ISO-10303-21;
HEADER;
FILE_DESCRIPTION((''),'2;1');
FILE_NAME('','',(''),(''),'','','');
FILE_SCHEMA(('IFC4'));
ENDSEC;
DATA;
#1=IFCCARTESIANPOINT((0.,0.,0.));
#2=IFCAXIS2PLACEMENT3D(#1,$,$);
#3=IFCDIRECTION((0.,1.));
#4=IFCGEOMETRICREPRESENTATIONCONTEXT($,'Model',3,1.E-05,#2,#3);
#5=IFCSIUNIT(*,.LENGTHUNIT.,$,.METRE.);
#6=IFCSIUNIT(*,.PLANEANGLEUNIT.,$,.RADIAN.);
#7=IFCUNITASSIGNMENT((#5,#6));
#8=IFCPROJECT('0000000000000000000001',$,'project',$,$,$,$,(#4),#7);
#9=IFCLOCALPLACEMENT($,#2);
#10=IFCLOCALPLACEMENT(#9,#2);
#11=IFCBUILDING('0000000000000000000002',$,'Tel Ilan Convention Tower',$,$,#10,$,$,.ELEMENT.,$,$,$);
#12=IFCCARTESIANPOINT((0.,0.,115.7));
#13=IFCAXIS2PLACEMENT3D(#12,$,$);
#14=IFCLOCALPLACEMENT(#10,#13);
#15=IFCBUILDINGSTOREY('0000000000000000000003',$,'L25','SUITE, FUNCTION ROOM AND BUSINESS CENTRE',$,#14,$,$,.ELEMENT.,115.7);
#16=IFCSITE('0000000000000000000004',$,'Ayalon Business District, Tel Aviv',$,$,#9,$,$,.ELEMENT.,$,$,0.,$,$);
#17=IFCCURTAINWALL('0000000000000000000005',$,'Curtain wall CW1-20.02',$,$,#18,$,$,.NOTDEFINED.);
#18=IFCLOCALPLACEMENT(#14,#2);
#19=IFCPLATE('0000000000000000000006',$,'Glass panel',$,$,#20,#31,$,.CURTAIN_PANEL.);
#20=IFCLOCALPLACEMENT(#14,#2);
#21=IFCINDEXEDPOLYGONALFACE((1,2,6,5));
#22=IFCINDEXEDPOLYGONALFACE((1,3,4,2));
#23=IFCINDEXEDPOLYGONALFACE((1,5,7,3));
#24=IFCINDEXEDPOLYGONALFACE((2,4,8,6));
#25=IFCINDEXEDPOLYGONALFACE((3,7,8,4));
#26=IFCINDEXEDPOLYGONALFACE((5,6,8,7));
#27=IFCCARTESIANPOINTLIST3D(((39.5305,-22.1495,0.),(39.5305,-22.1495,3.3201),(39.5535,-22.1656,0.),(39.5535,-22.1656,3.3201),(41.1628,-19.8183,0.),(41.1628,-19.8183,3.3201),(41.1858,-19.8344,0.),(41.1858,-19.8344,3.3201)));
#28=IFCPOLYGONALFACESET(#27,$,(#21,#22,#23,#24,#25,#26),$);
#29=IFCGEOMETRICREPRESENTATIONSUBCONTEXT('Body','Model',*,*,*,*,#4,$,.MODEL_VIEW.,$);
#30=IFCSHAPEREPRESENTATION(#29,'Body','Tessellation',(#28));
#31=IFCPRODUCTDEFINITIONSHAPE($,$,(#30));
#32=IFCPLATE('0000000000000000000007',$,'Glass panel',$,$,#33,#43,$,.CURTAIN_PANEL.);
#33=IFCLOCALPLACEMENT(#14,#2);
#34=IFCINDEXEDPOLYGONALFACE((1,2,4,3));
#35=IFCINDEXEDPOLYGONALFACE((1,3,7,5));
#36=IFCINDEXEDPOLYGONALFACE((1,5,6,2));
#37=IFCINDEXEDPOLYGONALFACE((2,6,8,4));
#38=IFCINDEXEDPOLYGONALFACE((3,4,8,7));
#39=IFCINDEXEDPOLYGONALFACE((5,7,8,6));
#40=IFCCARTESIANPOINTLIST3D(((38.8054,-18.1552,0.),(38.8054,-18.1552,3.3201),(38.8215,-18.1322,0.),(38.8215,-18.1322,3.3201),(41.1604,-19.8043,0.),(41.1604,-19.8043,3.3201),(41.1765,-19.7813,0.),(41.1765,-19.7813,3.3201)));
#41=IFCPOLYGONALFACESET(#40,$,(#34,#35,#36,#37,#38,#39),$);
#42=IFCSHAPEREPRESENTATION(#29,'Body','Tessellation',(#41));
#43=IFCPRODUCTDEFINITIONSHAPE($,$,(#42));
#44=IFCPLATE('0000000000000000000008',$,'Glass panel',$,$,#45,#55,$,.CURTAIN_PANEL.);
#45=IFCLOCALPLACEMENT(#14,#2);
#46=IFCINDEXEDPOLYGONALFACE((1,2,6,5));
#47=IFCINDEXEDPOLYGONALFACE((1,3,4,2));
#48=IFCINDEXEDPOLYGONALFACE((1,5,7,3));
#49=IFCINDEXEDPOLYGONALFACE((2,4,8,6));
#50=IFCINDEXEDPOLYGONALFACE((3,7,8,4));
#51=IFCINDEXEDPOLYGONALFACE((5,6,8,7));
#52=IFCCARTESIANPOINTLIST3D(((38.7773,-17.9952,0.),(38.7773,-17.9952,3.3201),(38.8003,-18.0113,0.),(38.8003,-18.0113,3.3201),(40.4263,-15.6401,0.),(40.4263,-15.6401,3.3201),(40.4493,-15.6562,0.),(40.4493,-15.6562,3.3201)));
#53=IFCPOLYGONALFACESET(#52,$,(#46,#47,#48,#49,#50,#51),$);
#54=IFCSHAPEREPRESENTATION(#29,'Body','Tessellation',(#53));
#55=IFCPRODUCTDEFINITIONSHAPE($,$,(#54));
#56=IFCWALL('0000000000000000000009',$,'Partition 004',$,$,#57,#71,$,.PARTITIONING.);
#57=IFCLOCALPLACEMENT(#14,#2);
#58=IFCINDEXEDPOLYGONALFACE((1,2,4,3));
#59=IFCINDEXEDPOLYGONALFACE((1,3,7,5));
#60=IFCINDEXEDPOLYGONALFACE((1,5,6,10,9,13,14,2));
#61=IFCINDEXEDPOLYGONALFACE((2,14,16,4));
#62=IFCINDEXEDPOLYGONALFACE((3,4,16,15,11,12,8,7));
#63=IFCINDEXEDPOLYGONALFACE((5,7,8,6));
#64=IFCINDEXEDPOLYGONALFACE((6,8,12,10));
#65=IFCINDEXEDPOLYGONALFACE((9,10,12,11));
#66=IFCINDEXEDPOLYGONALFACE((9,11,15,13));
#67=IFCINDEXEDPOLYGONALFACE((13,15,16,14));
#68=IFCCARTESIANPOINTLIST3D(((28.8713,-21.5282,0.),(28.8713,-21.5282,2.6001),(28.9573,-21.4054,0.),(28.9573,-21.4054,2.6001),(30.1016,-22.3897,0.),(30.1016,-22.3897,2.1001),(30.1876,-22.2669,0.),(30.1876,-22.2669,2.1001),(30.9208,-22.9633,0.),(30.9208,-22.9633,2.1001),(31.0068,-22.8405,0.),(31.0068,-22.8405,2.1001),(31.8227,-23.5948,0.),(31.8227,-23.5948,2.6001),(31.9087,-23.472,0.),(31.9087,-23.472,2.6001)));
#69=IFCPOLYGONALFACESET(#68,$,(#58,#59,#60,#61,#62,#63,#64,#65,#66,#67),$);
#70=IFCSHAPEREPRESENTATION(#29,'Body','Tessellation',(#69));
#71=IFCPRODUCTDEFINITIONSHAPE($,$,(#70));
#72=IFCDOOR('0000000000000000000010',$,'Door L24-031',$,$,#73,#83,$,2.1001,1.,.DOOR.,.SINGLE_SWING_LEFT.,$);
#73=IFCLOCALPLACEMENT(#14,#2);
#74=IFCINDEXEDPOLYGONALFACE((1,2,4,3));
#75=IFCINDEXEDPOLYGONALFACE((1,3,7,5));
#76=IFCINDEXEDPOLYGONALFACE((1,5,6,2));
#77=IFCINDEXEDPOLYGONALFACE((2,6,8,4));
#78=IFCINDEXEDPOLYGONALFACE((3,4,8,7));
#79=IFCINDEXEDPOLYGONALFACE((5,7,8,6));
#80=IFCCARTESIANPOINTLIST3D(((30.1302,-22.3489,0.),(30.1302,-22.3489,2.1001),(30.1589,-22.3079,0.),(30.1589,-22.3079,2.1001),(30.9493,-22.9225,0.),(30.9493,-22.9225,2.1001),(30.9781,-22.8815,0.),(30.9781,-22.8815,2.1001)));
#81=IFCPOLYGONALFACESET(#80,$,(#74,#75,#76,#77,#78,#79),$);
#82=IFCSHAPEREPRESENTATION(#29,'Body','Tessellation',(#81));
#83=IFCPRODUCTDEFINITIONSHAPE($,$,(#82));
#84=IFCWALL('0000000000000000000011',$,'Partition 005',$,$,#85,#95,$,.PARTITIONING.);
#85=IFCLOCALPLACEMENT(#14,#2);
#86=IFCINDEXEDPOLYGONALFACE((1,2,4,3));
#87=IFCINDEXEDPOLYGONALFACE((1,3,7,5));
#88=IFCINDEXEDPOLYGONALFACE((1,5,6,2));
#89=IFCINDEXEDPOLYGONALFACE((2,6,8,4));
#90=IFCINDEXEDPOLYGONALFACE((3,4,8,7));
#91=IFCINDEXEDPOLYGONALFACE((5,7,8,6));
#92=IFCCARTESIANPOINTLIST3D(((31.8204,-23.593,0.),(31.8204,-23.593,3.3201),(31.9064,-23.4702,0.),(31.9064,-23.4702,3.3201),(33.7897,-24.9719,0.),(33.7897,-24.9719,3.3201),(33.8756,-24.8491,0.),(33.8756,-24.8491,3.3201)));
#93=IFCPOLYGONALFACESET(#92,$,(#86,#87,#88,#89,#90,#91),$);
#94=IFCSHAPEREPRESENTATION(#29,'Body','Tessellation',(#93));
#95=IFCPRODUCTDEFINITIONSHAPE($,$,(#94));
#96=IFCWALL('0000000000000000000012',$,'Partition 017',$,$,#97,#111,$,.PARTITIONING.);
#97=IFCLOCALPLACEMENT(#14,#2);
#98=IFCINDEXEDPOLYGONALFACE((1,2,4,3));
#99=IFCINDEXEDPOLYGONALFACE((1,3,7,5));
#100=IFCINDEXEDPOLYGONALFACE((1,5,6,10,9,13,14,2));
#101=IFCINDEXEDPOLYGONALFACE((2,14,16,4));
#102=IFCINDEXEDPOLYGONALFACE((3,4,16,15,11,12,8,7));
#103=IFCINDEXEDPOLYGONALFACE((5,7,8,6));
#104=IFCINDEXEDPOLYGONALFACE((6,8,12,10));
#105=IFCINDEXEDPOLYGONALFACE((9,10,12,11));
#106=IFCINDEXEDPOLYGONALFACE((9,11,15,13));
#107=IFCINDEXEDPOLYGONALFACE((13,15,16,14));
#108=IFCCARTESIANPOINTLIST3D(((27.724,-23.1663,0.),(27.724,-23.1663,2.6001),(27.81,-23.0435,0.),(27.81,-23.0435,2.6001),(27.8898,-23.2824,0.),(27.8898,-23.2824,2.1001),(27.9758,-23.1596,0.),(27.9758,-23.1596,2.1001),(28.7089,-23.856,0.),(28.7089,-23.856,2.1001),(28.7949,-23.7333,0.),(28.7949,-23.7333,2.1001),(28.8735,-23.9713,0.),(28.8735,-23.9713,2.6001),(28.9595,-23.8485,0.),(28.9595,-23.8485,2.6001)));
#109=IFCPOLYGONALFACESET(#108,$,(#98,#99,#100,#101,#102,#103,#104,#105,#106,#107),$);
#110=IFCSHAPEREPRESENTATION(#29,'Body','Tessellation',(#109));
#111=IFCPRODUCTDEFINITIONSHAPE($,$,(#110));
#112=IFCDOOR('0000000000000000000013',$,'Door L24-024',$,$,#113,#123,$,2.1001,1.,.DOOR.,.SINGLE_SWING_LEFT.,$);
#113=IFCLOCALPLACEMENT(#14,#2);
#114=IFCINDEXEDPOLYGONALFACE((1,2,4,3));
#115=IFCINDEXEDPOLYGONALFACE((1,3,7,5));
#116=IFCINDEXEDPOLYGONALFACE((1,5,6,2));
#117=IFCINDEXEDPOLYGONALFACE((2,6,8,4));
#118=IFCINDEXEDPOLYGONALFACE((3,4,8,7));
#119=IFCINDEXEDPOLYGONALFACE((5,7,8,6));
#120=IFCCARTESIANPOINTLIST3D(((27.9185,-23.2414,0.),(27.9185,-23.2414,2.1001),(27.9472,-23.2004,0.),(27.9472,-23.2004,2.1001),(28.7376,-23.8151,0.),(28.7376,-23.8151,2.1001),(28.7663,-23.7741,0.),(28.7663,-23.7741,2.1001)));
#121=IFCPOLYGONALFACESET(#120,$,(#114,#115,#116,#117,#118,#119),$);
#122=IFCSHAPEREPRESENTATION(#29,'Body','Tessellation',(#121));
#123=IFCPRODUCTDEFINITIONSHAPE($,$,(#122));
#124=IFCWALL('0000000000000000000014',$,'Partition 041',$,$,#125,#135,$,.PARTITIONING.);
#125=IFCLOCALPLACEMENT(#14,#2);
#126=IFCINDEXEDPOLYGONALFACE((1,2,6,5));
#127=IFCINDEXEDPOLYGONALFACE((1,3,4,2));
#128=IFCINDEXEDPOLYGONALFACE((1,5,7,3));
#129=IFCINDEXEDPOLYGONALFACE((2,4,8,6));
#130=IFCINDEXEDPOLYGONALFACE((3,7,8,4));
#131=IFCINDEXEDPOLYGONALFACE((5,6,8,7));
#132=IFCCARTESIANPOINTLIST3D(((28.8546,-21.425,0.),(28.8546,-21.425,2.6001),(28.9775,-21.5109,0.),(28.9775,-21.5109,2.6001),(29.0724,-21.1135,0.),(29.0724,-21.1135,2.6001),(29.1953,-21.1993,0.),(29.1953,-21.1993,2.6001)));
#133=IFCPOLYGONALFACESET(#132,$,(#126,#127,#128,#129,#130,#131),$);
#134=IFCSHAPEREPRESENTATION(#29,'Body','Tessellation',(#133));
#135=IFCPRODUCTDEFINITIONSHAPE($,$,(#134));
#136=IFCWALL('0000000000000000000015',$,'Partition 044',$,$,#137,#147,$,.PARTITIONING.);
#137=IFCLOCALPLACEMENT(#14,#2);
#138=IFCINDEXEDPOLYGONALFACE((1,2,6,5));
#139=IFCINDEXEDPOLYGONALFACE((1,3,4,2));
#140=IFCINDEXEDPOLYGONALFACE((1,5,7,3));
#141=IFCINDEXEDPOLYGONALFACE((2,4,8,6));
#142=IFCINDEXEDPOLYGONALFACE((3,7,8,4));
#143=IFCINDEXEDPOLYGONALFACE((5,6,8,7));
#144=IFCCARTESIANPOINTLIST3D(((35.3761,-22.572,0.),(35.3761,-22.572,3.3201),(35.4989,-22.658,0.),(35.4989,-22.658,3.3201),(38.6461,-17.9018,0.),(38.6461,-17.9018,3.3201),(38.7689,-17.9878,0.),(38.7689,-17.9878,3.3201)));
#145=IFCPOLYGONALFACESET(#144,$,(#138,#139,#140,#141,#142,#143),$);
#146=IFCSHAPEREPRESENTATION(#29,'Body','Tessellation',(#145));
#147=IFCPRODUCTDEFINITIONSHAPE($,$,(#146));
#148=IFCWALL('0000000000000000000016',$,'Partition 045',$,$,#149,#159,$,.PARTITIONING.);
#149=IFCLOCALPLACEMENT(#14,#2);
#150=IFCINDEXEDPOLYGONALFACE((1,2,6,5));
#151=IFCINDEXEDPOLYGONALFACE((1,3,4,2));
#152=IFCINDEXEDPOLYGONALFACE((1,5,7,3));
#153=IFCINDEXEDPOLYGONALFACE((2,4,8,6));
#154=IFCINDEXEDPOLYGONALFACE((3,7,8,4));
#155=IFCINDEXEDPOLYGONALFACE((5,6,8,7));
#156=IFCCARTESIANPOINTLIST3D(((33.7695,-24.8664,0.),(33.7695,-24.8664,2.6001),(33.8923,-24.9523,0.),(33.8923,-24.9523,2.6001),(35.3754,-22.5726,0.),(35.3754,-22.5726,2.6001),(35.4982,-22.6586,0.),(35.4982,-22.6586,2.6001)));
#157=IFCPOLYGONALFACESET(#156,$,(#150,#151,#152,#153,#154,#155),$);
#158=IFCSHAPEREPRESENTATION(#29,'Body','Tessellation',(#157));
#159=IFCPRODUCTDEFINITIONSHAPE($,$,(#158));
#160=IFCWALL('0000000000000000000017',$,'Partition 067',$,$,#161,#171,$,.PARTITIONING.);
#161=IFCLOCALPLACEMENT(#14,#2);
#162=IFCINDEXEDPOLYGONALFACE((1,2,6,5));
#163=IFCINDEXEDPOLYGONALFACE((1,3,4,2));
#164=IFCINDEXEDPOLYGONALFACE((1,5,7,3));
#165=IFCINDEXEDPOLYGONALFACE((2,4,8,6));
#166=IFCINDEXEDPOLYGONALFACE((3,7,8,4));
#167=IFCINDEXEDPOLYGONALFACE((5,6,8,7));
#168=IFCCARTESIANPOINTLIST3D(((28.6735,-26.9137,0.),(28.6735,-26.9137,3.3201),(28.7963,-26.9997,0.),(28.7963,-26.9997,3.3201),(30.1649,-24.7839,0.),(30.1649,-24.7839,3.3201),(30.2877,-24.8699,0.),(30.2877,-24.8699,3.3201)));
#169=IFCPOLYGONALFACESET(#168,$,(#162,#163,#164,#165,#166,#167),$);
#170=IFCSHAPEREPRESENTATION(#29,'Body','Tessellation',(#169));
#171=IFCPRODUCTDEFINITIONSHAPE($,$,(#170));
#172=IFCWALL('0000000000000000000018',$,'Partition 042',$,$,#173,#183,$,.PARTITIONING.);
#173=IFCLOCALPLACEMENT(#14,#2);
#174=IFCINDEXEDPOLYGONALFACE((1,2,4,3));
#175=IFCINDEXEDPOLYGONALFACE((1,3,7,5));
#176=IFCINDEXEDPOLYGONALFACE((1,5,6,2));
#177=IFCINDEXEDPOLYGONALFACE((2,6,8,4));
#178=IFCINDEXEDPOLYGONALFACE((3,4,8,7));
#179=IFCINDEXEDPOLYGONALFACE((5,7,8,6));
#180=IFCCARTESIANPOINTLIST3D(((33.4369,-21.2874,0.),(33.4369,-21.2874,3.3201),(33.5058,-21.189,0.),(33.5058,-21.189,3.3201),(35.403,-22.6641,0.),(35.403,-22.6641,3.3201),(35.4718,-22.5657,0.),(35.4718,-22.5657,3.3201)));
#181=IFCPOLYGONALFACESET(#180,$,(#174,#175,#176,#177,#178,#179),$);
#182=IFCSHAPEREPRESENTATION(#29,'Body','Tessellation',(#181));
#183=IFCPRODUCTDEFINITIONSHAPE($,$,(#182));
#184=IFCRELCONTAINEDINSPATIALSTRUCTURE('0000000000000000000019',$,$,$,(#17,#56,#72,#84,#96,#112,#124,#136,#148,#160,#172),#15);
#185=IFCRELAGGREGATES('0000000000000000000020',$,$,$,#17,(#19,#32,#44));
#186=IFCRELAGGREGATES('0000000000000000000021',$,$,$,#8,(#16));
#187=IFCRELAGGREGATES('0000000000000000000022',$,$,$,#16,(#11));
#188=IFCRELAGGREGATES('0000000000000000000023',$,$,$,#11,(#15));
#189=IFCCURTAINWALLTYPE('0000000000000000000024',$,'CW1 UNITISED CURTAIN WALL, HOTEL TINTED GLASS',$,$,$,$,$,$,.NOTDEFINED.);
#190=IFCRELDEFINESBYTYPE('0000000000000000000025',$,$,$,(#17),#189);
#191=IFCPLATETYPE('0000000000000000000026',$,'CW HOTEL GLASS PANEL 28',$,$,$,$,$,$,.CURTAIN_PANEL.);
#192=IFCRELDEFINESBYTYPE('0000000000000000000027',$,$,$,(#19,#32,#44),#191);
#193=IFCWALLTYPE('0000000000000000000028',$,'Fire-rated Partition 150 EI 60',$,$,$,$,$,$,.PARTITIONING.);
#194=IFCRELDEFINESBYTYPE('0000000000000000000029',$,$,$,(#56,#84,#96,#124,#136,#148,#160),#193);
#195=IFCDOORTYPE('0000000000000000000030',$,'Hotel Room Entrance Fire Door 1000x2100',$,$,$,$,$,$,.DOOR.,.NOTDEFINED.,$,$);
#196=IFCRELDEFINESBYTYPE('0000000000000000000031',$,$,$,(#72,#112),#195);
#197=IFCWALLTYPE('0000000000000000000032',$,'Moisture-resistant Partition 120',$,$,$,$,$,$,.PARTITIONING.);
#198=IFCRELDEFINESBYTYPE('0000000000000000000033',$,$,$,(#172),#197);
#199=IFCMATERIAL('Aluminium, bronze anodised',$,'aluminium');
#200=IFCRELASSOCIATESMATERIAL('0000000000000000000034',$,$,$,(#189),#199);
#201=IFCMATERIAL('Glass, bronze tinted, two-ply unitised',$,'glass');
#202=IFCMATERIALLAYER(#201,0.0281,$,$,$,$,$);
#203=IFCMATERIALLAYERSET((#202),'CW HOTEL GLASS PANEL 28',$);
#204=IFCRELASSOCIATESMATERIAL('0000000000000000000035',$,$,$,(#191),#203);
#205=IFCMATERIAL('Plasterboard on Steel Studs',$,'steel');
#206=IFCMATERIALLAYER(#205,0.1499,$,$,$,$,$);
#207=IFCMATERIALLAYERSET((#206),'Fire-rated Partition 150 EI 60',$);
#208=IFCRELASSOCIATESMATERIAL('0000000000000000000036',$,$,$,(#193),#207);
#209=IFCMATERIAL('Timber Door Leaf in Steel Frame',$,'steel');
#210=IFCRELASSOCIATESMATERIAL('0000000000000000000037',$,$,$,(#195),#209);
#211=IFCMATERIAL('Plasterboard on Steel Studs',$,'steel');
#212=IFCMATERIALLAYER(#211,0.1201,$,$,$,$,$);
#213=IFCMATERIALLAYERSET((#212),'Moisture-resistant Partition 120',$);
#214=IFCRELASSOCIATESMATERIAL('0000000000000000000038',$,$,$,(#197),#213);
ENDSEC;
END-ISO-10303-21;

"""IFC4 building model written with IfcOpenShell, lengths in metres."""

from ifc_helpers import new_model, si_unit, direction, frame, frame_2d, origin, origin_2d, place, context, subcontext, project, spatial, rectangle, extrude, material, layer, layer_set, type_object, element, fill, aggregate, save


model = new_model("IFC4")

# Units and contexts
model_context = context("Model", 3, precision=1e-05, world=origin(), true_north=direction((0.0, 1.0)))
body_context = subcontext(model_context, "Body", "Model", "MODEL_VIEW")
ifc_project = project(units=[si_unit("LENGTHUNIT", "METRE"), si_unit("PLANEANGLEUNIT", "RADIAN")], contexts=[model_context])

# Site, building, storey
site_placement = place(None, origin())
site = spatial("IfcSite", under=ifc_project, at=site_placement, Name="Ayalon Business District, Tel Aviv", CompositionType="ELEMENT", RefElevation=0.0)
building_placement = place(site_placement, origin())
building = spatial("IfcBuilding", under=site, at=building_placement, Name="Tel Ilan Convention Tower", CompositionType="ELEMENT")
storey_placement = place(building_placement, frame((0.0, 0.0, 115.7)))
storey = spatial("IfcBuildingStorey", under=building, at=storey_placement, Name="L25", Description="SUITE, FUNCTION ROOM AND BUSINESS CENTRE", CompositionType="ELEMENT", Elevation=115.7)

# Curtain wall, plates
ifc_material_1 = material(Name="Aluminium, bronze anodised", Category="aluminium")
curtain_wall_type = type_object("IfcCurtainWallType", Name="CW1 UNITISED CURTAIN WALL, HOTEL TINTED GLASS", PredefinedType="NOTDEFINED", material=ifc_material_1)
curtain_wall_placement = place(storey_placement, origin())
curtain_wall = element("IfcCurtainWall", 1, at=curtain_wall_placement, inside=storey, type_object=curtain_wall_type, Name="Curtain wall CW1-20.02", PredefinedType="NOTDEFINED")
ifc_material_2 = material(Name="Glass, bronze tinted, two-ply unitised", Category="glass")
ifc_layer_1 = layer(ifc_material_2, 0.0281)
ifc_layer_set_1 = layer_set([ifc_layer_1], Name="CW HOTEL GLASS PANEL 28")
plate_type = type_object("IfcPlateType", Name="CW HOTEL GLASS PANEL 28", PredefinedType="CURTAIN_PANEL", material=ifc_layer_set_1)
plate_1_placement = place(storey_placement, frame((40.3582, -20.9919, 0.0), z_axis=(0.0, 0.0, 1.0), x_axis=(0.573576, 0.819152, 0.0)))
plate_1 = element("IfcPlate", 2, at=plate_1_placement, type_object=plate_type, Name="Glass panel", PredefinedType="CURTAIN_PANEL", context=body_context, shape_type="SweptSolid", body=[
    extrude(rectangle(XDim=2.8459, YDim=0.0281, at=origin_2d()), origin(), (0.0, 0.0, 1.0), 3.3201),
])
plate_2_placement = place(storey_placement, frame((39.991, -18.9683, 0.0), z_axis=(0.0, 0.0, 1.0), x_axis=(-0.819152, 0.573576, 0.0)))
plate_2 = element("IfcPlate", 3, at=plate_2_placement, type_object=plate_type, Name="Glass panel", PredefinedType="CURTAIN_PANEL", context=body_context, shape_type="SweptSolid", body=[
    extrude(rectangle(XDim=2.875, YDim=0.0281, at=origin_2d()), origin(), (0.0, 0.0, 1.0), 3.3201),
])
plate_3_placement = place(storey_placement, frame((39.6133, -16.8257, 0.0), z_axis=(0.0, 0.0, 1.0), x_axis=(0.573576, 0.819152, 0.0)))
plate_3 = element("IfcPlate", 4, at=plate_3_placement, type_object=plate_type, Name="Glass panel", PredefinedType="CURTAIN_PANEL", context=body_context, shape_type="SweptSolid", body=[
    extrude(rectangle(XDim=2.875, YDim=0.0281, at=origin_2d()), origin(), (0.0, 0.0, 1.0), 3.3201),
])
aggregate(curtain_wall, [plate_1, plate_2, plate_3])

# Wall, opening, door
ifc_material_3 = material(Name="Plasterboard on Steel Studs", Category="steel")
ifc_layer_2 = layer(ifc_material_3, 0.1499)
ifc_layer_set_2 = layer_set([ifc_layer_2], Name="Fire-rated Partition 150 EI 60")
wall_type_1 = type_object("IfcWallType", Name="Fire-rated Partition 150 EI 60", PredefinedType="PARTITIONING", material=ifc_layer_set_2)
wall_1_placement = place(storey_placement, frame((28.9143, -21.4668, 0.0), z_axis=(0.0, 0.0, 1.0), x_axis=(0.819146, -0.573585, 0.0)))
wall_1 = element("IfcWall", 5, at=wall_1_placement, inside=storey, type_object=wall_type_1, Name="Partition 004", PredefinedType="PARTITIONING", context=body_context, shape_type="SweptSolid", body=[
    extrude(rectangle(XDim=3.603, YDim=0.1499, at=frame_2d((1.8015, 0.0))), origin(), (0.0, 0.0, 1.0), 2.6001),
])
opening_1_placement = place(wall_1_placement, frame((1.502, 0.0, 0.0)))
opening_1 = element("IfcOpeningElement", 6, at=opening_1_placement, cuts=wall_1, PredefinedType="OPENING", context=body_context, shape_type="SweptSolid", body=[
    extrude(rectangle(XDim=1.0, YDim=2.1001, at=frame_2d((0.5, 1.05))), frame((0.0, 0.085, 0.0), z_axis=(0.0, -1.0, 0.0), x_axis=(1.0, 0.0, 0.0)), (0.0, 0.0, 1.0), 0.1699),
])
ifc_material_4 = material(Name="Timber Door Leaf in Steel Frame", Category="steel")
door_type_1 = type_object("IfcDoorType", Name="Hotel Room Entrance Fire Door 1000x2100", OperationType="NOTDEFINED", PredefinedType="DOOR", material=ifc_material_4)
door_1_placement = place(opening_1_placement, origin())
door_1 = element("IfcDoor", 7, at=door_1_placement, inside=storey, type_object=door_type_1, Name="Door L24-031", OperationType="SINGLE_SWING_LEFT", OverallHeight=2.1001, OverallWidth=1.0, PredefinedType="DOOR", context=body_context, shape_type="SweptSolid", body=[
    extrude(rectangle(XDim=1.0, YDim=2.1001, at=frame_2d((0.5, 1.05))), frame((0.0, 0.0249, 0.0), z_axis=(0.0, -1.0, 0.0), x_axis=(1.0, 0.0, 0.0)), (0.0, 0.0, 1.0), 0.05),
])
fill(opening_1, door_1)

# Wall
wall_2_placement = place(storey_placement, frame((31.8633, -23.5315, 0.0), z_axis=(0.0, 0.0, 1.0), x_axis=(0.819146, -0.573585, 0.0)))
element("IfcWall", 8, at=wall_2_placement, inside=storey, type_object=wall_type_1, Name="Partition 005", PredefinedType="PARTITIONING", context=body_context, shape_type="SweptSolid", body=[
    extrude(rectangle(XDim=2.4041, YDim=0.1499, at=frame_2d((1.2021, 0.0))), origin(), (0.0, 0.0, 1.0), 3.3201),
])

# Wall, opening, door
wall_3_placement = place(storey_placement, frame((28.9165, -23.9099, 0.0), z_axis=(0.0, 0.0, 1.0), x_axis=(-0.819117, 0.573626, 0.0)))
wall_3 = element("IfcWall", 9, at=wall_3_placement, inside=storey, type_object=wall_type_1, Name="Partition 017", PredefinedType="PARTITIONING", context=body_context, shape_type="SweptSolid", body=[
    extrude(rectangle(XDim=1.4033, YDim=0.1499, at=frame_2d((0.7017, 0.0))), origin(), (0.0, 0.0, 1.0), 2.6001),
])
opening_2_placement = place(wall_3_placement, frame((0.2009, 0.0, 0.0)))
opening_2 = element("IfcOpeningElement", 10, at=opening_2_placement, cuts=wall_3, PredefinedType="OPENING", context=body_context, shape_type="SweptSolid", body=[
    extrude(rectangle(XDim=1.0, YDim=2.1001, at=frame_2d((0.5, 1.05))), frame((0.0, 0.085, 0.0), z_axis=(0.0, -1.0, 0.0), x_axis=(1.0, 0.0, 0.0)), (0.0, 0.0, 1.0), 0.1699),
])
door_2_placement = place(opening_2_placement, origin())
door_2 = element("IfcDoor", 11, at=door_2_placement, inside=storey, type_object=door_type_1, Name="Door L24-024", OperationType="SINGLE_SWING_LEFT", OverallHeight=2.1001, OverallWidth=1.0, PredefinedType="DOOR", context=body_context, shape_type="SweptSolid", body=[
    extrude(rectangle(XDim=1.0, YDim=2.1001, at=frame_2d((0.5, 1.05))), frame((0.0, 0.0249, 0.0), z_axis=(0.0, -1.0, 0.0), x_axis=(1.0, 0.0, 0.0)), (0.0, 0.0, 1.0), 0.05),
])
fill(opening_2, door_2)

# Walls
wall_4_placement = place(storey_placement, frame((29.1338, -21.1565, 0.0), z_axis=(0.0, 0.0, 1.0), x_axis=(-0.572945, -0.819594, 0.0)))
element("IfcWall", 12, at=wall_4_placement, inside=storey, type_object=wall_type_1, Name="Partition 041", PredefinedType="PARTITIONING", context=body_context, shape_type="SweptSolid", body=[
    extrude(rectangle(XDim=0.3801, YDim=0.1499, at=frame_2d((0.1899, 0.0))), origin(), (0.0, 0.0, 1.0), 2.6001),
])
wall_5_placement = place(storey_placement, frame((38.7075, -17.9448, 0.0), z_axis=(0.0, 0.0, 1.0), x_axis=(-0.573569, -0.819157, 0.0)))
element("IfcWall", 13, at=wall_5_placement, inside=storey, type_object=wall_type_1, Name="Partition 044", PredefinedType="PARTITIONING", context=body_context, shape_type="SweptSolid", body=[
    extrude(rectangle(XDim=5.7012, YDim=0.1499, at=frame_2d((2.8506, 0.0))), origin(), (0.0, 0.0, 1.0), 3.3201),
])
wall_6_placement = place(storey_placement, frame((35.4368, -22.6157, 0.0), z_axis=(0.0, 0.0, 1.0), x_axis=(-0.57355, -0.81917, 0.0)))
element("IfcWall", 14, at=wall_6_placement, inside=storey, type_object=wall_type_1, Name="Partition 045", PredefinedType="PARTITIONING", context=body_context, shape_type="SweptSolid", body=[
    extrude(rectangle(XDim=2.8, YDim=0.1499, at=frame_2d((1.3999, 0.0))), origin(), (0.0, 0.0, 1.0), 2.6001),
])
wall_7_placement = place(storey_placement, frame((30.2263, -24.8269, 0.0), z_axis=(0.0, 0.0, 1.0), x_axis=(-0.573601, -0.819135, 0.0)))
element("IfcWall", 15, at=wall_7_placement, inside=storey, type_object=wall_type_1, Name="Partition 067", PredefinedType="PARTITIONING", context=body_context, shape_type="SweptSolid", body=[
    extrude(rectangle(XDim=2.6001, YDim=0.1499, at=frame_2d((1.3, 0.0))), origin(), (0.0, 0.0, 1.0), 3.3201),
])
ifc_material_5 = material(Name="Plasterboard on Steel Studs", Category="steel")
ifc_layer_3 = layer(ifc_material_5, 0.1201)
ifc_layer_set_3 = layer_set([ifc_layer_3], Name="Moisture-resistant Partition 120")
wall_type_2 = type_object("IfcWallType", Name="Moisture-resistant Partition 120", PredefinedType="PARTITIONING", material=ifc_layer_set_3)
wall_8_placement = place(storey_placement, frame((35.4375, -22.615, 0.0), z_axis=(0.0, 0.0, 1.0), x_axis=(-0.819141, 0.573592, 0.0)))
element("IfcWall", 16, at=wall_8_placement, inside=storey, type_object=wall_type_2, Name="Partition 042", PredefinedType="PARTITIONING", context=body_context, shape_type="SweptSolid", body=[
    extrude(rectangle(XDim=2.4001, YDim=0.1201, at=frame_2d((1.2002, 0.0))), origin(), (0.0, 0.0, 1.0), 3.3201),
])

save(model, "model.ifc")
